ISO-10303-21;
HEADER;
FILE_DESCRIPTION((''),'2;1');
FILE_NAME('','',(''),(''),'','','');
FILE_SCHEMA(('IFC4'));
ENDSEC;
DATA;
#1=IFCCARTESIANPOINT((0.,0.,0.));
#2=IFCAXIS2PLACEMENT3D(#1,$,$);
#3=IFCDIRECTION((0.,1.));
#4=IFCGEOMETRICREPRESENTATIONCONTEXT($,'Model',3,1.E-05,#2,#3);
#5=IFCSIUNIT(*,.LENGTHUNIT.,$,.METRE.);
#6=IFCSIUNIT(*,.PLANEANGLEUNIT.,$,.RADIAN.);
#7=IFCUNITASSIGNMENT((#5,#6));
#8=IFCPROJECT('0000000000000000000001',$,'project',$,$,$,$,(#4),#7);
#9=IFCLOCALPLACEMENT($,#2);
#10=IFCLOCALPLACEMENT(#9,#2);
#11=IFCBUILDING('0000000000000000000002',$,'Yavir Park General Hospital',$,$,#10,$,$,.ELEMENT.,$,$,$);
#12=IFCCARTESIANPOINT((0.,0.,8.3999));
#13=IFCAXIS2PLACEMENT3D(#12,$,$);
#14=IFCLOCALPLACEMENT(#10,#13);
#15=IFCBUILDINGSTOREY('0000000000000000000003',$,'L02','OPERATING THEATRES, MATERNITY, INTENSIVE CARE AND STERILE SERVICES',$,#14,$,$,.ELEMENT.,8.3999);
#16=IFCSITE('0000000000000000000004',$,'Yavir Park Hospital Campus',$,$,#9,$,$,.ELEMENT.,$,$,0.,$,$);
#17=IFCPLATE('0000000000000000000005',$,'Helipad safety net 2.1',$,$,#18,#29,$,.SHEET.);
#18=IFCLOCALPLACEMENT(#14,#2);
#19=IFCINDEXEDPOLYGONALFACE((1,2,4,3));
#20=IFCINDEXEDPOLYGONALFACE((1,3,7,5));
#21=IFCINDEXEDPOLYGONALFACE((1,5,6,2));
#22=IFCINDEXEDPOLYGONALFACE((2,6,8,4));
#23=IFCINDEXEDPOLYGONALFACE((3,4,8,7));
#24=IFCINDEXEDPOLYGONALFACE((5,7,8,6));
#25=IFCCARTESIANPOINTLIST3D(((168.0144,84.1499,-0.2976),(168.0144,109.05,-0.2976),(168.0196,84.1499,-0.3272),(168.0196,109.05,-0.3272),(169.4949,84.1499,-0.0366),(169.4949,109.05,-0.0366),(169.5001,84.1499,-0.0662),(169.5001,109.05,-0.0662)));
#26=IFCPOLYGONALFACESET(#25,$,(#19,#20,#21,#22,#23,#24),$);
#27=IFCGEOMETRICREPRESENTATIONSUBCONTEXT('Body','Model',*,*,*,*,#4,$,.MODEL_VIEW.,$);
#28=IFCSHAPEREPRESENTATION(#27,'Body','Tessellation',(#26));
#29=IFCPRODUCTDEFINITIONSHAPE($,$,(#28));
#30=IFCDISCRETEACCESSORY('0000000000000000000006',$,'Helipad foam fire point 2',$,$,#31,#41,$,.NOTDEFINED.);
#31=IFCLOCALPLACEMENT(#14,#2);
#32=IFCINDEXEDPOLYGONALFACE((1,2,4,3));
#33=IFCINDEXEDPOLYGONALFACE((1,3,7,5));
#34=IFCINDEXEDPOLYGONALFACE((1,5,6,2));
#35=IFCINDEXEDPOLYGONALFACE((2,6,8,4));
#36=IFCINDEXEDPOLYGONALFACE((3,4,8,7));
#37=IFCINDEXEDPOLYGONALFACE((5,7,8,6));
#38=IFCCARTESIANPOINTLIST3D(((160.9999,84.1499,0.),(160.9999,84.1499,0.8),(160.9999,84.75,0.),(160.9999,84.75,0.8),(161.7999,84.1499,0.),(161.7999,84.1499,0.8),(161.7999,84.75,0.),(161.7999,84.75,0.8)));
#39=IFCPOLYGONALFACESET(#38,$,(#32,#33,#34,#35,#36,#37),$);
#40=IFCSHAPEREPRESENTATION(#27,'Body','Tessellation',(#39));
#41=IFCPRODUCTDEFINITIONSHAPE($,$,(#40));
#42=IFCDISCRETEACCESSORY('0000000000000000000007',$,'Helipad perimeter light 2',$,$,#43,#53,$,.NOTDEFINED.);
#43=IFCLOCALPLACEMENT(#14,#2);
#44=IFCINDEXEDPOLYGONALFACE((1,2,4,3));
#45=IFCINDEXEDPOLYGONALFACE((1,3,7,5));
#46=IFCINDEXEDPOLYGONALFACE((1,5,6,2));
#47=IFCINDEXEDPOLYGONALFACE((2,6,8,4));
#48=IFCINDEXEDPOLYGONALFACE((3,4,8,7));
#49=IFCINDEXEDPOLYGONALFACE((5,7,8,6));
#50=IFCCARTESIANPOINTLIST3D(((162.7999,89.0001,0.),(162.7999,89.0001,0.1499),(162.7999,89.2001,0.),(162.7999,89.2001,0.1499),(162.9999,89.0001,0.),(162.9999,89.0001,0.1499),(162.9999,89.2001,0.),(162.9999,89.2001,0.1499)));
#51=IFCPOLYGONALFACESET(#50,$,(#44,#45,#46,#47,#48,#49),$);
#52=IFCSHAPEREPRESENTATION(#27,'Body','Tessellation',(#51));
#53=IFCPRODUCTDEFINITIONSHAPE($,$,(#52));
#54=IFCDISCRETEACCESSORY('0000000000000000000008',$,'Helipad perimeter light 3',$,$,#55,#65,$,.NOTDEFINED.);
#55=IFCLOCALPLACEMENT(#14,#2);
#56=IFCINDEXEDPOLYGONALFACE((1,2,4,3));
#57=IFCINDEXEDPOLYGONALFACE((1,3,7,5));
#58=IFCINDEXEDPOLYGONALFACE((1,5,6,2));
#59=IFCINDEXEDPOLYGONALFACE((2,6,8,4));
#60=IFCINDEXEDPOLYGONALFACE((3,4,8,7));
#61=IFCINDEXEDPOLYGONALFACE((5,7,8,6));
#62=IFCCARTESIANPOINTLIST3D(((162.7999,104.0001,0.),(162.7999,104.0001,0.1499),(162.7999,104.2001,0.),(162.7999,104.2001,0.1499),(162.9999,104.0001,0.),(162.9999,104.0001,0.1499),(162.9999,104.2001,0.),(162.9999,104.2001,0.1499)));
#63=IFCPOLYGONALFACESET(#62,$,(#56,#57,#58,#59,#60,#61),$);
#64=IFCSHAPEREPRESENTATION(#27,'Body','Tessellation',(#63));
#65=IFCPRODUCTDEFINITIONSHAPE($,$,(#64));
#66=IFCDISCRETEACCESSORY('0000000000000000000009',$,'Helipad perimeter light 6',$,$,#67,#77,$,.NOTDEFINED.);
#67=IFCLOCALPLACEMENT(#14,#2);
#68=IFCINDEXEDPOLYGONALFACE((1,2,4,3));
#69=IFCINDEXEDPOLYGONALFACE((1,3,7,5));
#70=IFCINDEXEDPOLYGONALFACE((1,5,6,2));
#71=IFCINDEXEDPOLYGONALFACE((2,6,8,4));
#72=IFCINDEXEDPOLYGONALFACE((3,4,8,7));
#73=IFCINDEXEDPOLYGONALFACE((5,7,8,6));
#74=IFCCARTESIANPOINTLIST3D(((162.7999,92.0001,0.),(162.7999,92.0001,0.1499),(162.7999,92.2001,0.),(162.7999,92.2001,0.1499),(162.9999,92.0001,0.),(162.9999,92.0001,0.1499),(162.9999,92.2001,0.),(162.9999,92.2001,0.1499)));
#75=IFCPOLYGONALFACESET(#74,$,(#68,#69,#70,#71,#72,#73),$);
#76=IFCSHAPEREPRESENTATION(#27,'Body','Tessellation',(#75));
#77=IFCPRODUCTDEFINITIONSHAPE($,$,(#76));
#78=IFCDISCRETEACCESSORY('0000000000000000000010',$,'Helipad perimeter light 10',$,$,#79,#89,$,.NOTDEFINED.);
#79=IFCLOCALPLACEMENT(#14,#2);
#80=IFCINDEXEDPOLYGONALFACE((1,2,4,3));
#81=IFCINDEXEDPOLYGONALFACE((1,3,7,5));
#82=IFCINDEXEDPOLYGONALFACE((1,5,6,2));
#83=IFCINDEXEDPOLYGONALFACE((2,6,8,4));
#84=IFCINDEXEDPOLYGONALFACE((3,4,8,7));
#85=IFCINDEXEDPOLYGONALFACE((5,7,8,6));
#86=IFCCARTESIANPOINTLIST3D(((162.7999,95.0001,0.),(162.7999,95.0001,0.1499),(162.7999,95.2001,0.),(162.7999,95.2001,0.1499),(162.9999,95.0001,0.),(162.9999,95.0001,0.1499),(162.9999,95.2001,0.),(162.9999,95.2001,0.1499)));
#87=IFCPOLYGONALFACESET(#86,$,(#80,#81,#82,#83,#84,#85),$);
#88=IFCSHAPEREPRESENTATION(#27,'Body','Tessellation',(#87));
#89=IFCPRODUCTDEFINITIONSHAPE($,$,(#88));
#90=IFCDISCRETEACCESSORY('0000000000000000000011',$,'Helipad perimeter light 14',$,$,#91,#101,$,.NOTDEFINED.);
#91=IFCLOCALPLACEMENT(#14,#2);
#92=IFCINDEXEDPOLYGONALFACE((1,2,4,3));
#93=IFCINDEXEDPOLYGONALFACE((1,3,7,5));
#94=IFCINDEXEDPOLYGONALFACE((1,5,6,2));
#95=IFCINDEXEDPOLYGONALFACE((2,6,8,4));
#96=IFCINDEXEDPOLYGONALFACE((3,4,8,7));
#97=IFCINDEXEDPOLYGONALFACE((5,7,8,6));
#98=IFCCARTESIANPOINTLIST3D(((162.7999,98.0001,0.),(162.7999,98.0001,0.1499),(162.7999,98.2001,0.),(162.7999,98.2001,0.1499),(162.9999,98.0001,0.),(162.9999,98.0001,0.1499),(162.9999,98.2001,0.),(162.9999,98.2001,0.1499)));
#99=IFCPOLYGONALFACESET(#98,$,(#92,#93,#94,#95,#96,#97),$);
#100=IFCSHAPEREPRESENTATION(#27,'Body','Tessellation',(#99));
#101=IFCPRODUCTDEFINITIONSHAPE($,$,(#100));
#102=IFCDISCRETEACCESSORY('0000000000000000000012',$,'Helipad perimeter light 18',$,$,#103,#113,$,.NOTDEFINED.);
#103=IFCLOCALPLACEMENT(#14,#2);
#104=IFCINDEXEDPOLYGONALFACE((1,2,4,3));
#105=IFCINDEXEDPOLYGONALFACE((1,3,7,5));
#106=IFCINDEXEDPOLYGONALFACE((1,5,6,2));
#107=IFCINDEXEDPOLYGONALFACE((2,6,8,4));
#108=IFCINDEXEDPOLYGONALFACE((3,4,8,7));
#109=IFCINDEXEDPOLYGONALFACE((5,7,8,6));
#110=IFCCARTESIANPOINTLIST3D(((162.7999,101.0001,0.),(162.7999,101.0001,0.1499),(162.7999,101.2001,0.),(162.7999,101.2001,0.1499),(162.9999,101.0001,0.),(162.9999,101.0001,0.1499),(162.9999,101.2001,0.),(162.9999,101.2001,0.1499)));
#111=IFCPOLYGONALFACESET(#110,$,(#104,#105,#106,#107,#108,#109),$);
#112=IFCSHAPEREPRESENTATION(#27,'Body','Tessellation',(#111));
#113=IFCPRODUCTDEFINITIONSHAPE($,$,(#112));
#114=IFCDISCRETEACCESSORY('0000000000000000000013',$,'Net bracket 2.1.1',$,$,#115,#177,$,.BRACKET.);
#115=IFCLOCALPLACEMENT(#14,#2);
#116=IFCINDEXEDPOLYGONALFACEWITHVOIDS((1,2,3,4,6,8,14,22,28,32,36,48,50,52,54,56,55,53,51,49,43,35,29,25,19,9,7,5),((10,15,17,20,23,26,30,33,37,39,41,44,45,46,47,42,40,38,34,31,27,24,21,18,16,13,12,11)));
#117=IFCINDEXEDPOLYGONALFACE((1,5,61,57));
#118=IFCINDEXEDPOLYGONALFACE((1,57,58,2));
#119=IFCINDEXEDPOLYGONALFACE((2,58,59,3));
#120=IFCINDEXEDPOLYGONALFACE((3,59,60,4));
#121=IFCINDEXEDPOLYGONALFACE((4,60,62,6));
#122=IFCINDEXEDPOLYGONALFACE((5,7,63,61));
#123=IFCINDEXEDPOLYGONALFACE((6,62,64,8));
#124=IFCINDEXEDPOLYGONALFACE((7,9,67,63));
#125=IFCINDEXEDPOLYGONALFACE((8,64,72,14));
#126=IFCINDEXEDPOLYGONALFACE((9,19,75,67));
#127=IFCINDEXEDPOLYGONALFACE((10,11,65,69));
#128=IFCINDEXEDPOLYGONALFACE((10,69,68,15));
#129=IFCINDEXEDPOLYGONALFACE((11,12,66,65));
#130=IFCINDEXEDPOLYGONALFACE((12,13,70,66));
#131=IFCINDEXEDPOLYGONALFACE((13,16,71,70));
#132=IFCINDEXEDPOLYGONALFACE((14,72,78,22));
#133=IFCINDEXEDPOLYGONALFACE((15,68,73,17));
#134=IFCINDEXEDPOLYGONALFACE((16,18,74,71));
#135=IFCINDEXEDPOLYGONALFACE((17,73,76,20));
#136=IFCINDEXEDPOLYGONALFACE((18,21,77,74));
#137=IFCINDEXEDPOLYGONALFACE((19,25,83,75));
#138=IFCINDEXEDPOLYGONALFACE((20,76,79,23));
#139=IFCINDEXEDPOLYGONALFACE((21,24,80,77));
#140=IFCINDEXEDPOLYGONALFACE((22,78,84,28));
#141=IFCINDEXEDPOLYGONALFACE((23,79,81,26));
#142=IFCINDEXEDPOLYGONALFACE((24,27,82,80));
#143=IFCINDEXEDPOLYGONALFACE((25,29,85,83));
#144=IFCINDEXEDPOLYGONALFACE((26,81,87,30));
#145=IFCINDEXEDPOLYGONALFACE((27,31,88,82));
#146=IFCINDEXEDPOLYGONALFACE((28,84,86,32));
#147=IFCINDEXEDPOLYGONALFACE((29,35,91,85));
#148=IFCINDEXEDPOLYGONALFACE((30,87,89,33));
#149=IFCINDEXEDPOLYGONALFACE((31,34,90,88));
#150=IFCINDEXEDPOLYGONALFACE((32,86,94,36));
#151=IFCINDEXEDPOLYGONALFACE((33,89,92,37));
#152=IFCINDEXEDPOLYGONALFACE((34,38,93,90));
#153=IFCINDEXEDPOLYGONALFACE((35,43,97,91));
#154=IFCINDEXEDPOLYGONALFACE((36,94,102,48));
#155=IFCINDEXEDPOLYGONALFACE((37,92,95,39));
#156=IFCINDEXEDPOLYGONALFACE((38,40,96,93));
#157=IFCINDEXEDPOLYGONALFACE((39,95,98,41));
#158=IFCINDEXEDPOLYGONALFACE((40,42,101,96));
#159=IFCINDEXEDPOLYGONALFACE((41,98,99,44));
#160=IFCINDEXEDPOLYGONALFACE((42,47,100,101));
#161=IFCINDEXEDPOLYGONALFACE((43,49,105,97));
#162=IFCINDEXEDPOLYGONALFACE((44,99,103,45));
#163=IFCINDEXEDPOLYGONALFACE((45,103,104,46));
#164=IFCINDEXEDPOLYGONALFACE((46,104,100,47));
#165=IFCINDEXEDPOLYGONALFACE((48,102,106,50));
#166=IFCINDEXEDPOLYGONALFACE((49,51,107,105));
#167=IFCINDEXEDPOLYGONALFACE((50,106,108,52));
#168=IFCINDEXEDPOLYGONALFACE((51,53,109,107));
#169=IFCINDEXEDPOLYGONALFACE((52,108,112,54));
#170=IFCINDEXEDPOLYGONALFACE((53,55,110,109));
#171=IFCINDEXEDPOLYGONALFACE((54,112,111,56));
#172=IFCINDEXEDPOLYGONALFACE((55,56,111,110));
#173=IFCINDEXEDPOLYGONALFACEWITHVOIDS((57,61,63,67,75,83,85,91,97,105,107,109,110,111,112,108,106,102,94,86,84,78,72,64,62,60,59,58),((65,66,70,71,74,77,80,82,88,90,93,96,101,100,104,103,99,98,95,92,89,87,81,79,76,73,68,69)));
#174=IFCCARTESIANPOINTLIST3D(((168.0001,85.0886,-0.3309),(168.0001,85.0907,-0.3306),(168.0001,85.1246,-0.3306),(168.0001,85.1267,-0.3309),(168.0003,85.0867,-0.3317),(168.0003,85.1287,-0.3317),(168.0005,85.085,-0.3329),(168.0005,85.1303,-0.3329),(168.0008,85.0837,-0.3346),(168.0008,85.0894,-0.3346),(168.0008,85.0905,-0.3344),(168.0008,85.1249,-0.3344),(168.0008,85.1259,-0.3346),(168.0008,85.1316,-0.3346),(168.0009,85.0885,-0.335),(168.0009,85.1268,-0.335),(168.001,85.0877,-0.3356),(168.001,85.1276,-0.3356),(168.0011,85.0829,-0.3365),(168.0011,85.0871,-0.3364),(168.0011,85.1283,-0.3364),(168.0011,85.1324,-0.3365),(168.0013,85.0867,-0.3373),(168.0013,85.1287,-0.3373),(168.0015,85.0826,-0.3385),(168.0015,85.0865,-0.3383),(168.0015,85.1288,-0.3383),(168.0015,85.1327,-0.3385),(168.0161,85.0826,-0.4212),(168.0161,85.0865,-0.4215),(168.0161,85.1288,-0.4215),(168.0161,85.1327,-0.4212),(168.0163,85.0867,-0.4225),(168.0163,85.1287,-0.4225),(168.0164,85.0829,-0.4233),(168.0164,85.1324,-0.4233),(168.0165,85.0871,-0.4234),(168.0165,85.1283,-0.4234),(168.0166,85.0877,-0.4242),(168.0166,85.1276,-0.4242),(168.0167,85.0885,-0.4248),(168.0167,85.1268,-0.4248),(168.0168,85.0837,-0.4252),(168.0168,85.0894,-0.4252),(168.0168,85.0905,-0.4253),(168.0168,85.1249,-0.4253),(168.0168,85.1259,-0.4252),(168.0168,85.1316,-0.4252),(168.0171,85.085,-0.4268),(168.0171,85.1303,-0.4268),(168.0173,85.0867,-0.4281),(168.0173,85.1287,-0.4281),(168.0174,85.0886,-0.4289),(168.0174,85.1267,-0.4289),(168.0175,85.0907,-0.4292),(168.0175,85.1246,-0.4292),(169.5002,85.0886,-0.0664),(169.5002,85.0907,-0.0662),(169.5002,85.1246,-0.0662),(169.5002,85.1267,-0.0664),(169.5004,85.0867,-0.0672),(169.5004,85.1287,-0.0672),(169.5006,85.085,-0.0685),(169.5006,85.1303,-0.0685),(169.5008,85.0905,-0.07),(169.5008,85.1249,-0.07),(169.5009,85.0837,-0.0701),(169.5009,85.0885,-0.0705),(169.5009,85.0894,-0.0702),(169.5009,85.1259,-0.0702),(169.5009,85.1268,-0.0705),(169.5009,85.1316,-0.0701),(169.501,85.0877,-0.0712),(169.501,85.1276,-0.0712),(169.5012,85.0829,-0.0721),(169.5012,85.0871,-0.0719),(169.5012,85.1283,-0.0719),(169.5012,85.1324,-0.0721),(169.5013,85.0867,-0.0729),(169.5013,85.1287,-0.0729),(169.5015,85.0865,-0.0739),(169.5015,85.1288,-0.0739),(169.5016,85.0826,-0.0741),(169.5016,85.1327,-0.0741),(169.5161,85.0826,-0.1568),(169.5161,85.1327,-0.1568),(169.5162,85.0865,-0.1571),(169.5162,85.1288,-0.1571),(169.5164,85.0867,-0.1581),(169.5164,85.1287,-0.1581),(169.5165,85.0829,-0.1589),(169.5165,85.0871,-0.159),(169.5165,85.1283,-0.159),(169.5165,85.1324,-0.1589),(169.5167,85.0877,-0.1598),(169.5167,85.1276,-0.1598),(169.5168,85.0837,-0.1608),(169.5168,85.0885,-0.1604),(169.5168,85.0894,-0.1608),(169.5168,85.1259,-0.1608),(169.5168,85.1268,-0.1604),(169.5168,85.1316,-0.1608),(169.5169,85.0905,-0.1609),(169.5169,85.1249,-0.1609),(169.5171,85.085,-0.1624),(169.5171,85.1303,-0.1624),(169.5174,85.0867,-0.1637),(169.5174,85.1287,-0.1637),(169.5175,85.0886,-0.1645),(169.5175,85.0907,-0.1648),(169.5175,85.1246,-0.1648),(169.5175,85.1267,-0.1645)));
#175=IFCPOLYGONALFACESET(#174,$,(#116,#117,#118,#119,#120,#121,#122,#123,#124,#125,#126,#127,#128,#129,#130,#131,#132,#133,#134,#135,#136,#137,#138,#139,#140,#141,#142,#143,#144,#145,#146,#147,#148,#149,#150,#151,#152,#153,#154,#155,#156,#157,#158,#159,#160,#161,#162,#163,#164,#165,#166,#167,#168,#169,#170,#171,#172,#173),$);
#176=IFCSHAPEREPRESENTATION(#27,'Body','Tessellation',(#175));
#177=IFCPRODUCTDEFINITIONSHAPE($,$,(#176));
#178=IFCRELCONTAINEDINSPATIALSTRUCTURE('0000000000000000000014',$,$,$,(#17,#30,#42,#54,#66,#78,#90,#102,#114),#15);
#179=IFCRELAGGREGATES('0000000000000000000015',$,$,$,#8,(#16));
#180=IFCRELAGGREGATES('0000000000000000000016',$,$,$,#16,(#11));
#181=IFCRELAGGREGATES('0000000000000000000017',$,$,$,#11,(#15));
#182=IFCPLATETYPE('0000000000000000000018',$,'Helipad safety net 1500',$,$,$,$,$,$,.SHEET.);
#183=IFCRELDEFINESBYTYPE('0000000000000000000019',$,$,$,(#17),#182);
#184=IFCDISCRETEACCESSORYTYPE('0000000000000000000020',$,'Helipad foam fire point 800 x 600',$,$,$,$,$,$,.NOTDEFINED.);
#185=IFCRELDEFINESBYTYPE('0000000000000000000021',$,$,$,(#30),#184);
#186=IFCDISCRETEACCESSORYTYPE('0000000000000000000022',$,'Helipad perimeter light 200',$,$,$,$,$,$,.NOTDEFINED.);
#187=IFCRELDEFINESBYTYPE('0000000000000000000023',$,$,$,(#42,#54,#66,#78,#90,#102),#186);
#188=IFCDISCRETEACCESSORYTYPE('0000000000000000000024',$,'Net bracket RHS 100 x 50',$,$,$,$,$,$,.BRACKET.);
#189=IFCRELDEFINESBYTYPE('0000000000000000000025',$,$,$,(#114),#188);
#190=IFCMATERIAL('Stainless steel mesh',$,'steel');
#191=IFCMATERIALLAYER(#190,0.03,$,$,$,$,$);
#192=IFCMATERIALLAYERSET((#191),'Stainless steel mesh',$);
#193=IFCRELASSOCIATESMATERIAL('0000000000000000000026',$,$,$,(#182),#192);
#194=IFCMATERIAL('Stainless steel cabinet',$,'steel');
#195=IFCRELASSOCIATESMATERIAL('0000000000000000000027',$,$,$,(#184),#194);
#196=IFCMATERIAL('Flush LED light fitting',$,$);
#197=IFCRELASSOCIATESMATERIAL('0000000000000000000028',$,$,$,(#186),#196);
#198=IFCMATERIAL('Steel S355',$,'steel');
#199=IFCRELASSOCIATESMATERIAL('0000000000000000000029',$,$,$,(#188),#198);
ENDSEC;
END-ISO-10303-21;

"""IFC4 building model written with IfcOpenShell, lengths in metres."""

from ifc_helpers import new_model, si_unit, direction, frame, origin, origin_2d, place, context, subcontext, project, spatial, polyline, rectangle, hollow_rectangle, outline, extrude, material, layer, layer_set, material_profile, profile_set, type_object, element, save


model = new_model("IFC4")

# Units and contexts
model_context = context("Model", 3, precision=1e-05, world=origin(), true_north=direction((0.0, 1.0)))
body_context = subcontext(model_context, "Body", "Model", "MODEL_VIEW")
ifc_project = project(units=[si_unit("LENGTHUNIT", "METRE"), si_unit("PLANEANGLEUNIT", "RADIAN")], contexts=[model_context])

# Site, building, storey
site_placement = place(None, origin())
site = spatial("IfcSite", under=ifc_project, at=site_placement, Name="Yavir Park Hospital Campus", CompositionType="ELEMENT", RefElevation=0.0)
building_placement = place(site_placement, origin())
building = spatial("IfcBuilding", under=site, at=building_placement, Name="Yavir Park General Hospital", CompositionType="ELEMENT")
storey_placement = place(building_placement, frame((0.0, 0.0, 8.3999)))
storey = spatial("IfcBuildingStorey", under=building, at=storey_placement, Name="L02", Description="OPERATING THEATRES, MATERNITY, INTENSIVE CARE AND STERILE SERVICES", CompositionType="ELEMENT", Elevation=8.3999)

# Plate
ifc_material_1 = material(Name="Stainless steel mesh", Category="steel")
ifc_layer = layer(ifc_material_1, 0.03)
ifc_layer_set = layer_set([ifc_layer], Name="Stainless steel mesh")
plate_type = type_object("IfcPlateType", Name="Helipad safety net 1500", PredefinedType="SHEET", material=ifc_layer_set)
plate_placement = place(storey_placement, frame((168.0144, 84.1499, -0.2976), z_axis=(-0.173609, 0.0, 0.984815), x_axis=(0.0, 1.0, 0.0)))
element("IfcPlate", 1, at=plate_placement, inside=storey, type_object=plate_type, Name="Helipad safety net 2.1", PredefinedType="SHEET", context=body_context, shape_type="SweptSolid", body=[
    extrude(outline(polyline([(0.0, 0.0), (24.9001, 0.0), (24.9001, -1.5033), (0.0, -1.5033), (0.0, 0.0)])), origin(), (0.0, 0.0, -1.0), 0.03),
])

# Discrete accessories
ifc_material_2 = material(Name="Stainless steel cabinet", Category="steel")
discrete_accessory_type_1 = type_object("IfcDiscreteAccessoryType", Name="Helipad foam fire point 800 x 600", PredefinedType="NOTDEFINED", material=ifc_material_2)
discrete_accessory_placement = place(storey_placement, frame((161.3999, 84.45, 0.0), z_axis=(0.0, 0.0, 1.0), x_axis=(1.0, 0.0, 0.0)))
element("IfcDiscreteAccessory", 2, at=discrete_accessory_placement, inside=storey, type_object=discrete_accessory_type_1, Name="Helipad foam fire point 2", PredefinedType="NOTDEFINED", context=body_context, shape_type="SweptSolid", body=[
    extrude(rectangle(XDim=0.8, YDim=0.6001, at=origin_2d()), origin(), (0.0, 0.0, 1.0), 0.8),
])
ifc_material_3 = material(Name="Flush LED light fitting")
discrete_accessory_type_2 = type_object("IfcDiscreteAccessoryType", Name="Helipad perimeter light 200", PredefinedType="NOTDEFINED", material=ifc_material_3)
for number, where, z_axis, x_axis, name in (
    (3, (162.8999, 89.1001, 0.0), (0.0, 0.0, 1.0), (1.0, 0.0, 0.0), "Helipad perimeter light 2"),
    (4, (162.8999, 104.1001, 0.0), (0.0, 0.0, 1.0), (1.0, 0.0, 0.0), "Helipad perimeter light 3"),
    (5, (162.8999, 92.1001, 0.0), (0.0, 0.0, 1.0), (1.0, 0.0, 0.0), "Helipad perimeter light 6"),
    (6, (162.8999, 95.1001, 0.0), (0.0, 0.0, 1.0), (1.0, 0.0, 0.0), "Helipad perimeter light 10"),
    (7, (162.8999, 98.1001, 0.0), (0.0, 0.0, 1.0), (1.0, 0.0, 0.0), "Helipad perimeter light 14"),
    (8, (162.8999, 101.1001, 0.0), (0.0, 0.0, 1.0), (1.0, 0.0, 0.0), "Helipad perimeter light 18"),
):
    element("IfcDiscreteAccessory", number, at=place(storey_placement, frame(where, z_axis=z_axis, x_axis=x_axis)), inside=storey, type_object=discrete_accessory_type_2, Name=name, PredefinedType="NOTDEFINED", context=body_context, shape_type="SweptSolid", body=[
        extrude(rectangle(XDim=0.2, YDim=0.2, at=origin_2d()), origin(), (0.0, 0.0, 1.0), 0.1499),
    ])
ifc_material_4 = material(Name="Steel S355", Category="steel")
ifc_material_profile = material_profile(ifc_material_4, hollow_rectangle(XDim=0.05, YDim=0.1001, WallThickness=0.0039, InnerFilletRadius=0.0039, OuterFilletRadius=0.0081, at=origin_2d()), Name="RHS100x50x4")
ifc_profile_set = profile_set([ifc_material_profile], Name="Steel S355")
discrete_accessory_type_3 = type_object("IfcDiscreteAccessoryType", Name="Net bracket RHS 100 x 50", PredefinedType="BRACKET", material=ifc_profile_set)
for number, where, z_axis, x_axis, name in (
    (9, (168.0088, 85.1077, -0.3799), (0.984817, 0.0, 0.173593), (0.0, 1.0, 0.0), "Net bracket 2.1.1"),
):
    element("IfcDiscreteAccessory", number, at=place(storey_placement, frame(where, z_axis=z_axis, x_axis=x_axis)), inside=storey, type_object=discrete_accessory_type_3, Name=name, PredefinedType="BRACKET", context=body_context, shape_type="SweptSolid", body=[
        extrude(hollow_rectangle(XDim=0.05, YDim=0.1001, WallThickness=0.0039, InnerFilletRadius=0.0039, OuterFilletRadius=0.0081, at=origin_2d()), origin(), (0.0, 0.0, 1.0), 1.5232),
    ])

save(model, "model.ifc")
